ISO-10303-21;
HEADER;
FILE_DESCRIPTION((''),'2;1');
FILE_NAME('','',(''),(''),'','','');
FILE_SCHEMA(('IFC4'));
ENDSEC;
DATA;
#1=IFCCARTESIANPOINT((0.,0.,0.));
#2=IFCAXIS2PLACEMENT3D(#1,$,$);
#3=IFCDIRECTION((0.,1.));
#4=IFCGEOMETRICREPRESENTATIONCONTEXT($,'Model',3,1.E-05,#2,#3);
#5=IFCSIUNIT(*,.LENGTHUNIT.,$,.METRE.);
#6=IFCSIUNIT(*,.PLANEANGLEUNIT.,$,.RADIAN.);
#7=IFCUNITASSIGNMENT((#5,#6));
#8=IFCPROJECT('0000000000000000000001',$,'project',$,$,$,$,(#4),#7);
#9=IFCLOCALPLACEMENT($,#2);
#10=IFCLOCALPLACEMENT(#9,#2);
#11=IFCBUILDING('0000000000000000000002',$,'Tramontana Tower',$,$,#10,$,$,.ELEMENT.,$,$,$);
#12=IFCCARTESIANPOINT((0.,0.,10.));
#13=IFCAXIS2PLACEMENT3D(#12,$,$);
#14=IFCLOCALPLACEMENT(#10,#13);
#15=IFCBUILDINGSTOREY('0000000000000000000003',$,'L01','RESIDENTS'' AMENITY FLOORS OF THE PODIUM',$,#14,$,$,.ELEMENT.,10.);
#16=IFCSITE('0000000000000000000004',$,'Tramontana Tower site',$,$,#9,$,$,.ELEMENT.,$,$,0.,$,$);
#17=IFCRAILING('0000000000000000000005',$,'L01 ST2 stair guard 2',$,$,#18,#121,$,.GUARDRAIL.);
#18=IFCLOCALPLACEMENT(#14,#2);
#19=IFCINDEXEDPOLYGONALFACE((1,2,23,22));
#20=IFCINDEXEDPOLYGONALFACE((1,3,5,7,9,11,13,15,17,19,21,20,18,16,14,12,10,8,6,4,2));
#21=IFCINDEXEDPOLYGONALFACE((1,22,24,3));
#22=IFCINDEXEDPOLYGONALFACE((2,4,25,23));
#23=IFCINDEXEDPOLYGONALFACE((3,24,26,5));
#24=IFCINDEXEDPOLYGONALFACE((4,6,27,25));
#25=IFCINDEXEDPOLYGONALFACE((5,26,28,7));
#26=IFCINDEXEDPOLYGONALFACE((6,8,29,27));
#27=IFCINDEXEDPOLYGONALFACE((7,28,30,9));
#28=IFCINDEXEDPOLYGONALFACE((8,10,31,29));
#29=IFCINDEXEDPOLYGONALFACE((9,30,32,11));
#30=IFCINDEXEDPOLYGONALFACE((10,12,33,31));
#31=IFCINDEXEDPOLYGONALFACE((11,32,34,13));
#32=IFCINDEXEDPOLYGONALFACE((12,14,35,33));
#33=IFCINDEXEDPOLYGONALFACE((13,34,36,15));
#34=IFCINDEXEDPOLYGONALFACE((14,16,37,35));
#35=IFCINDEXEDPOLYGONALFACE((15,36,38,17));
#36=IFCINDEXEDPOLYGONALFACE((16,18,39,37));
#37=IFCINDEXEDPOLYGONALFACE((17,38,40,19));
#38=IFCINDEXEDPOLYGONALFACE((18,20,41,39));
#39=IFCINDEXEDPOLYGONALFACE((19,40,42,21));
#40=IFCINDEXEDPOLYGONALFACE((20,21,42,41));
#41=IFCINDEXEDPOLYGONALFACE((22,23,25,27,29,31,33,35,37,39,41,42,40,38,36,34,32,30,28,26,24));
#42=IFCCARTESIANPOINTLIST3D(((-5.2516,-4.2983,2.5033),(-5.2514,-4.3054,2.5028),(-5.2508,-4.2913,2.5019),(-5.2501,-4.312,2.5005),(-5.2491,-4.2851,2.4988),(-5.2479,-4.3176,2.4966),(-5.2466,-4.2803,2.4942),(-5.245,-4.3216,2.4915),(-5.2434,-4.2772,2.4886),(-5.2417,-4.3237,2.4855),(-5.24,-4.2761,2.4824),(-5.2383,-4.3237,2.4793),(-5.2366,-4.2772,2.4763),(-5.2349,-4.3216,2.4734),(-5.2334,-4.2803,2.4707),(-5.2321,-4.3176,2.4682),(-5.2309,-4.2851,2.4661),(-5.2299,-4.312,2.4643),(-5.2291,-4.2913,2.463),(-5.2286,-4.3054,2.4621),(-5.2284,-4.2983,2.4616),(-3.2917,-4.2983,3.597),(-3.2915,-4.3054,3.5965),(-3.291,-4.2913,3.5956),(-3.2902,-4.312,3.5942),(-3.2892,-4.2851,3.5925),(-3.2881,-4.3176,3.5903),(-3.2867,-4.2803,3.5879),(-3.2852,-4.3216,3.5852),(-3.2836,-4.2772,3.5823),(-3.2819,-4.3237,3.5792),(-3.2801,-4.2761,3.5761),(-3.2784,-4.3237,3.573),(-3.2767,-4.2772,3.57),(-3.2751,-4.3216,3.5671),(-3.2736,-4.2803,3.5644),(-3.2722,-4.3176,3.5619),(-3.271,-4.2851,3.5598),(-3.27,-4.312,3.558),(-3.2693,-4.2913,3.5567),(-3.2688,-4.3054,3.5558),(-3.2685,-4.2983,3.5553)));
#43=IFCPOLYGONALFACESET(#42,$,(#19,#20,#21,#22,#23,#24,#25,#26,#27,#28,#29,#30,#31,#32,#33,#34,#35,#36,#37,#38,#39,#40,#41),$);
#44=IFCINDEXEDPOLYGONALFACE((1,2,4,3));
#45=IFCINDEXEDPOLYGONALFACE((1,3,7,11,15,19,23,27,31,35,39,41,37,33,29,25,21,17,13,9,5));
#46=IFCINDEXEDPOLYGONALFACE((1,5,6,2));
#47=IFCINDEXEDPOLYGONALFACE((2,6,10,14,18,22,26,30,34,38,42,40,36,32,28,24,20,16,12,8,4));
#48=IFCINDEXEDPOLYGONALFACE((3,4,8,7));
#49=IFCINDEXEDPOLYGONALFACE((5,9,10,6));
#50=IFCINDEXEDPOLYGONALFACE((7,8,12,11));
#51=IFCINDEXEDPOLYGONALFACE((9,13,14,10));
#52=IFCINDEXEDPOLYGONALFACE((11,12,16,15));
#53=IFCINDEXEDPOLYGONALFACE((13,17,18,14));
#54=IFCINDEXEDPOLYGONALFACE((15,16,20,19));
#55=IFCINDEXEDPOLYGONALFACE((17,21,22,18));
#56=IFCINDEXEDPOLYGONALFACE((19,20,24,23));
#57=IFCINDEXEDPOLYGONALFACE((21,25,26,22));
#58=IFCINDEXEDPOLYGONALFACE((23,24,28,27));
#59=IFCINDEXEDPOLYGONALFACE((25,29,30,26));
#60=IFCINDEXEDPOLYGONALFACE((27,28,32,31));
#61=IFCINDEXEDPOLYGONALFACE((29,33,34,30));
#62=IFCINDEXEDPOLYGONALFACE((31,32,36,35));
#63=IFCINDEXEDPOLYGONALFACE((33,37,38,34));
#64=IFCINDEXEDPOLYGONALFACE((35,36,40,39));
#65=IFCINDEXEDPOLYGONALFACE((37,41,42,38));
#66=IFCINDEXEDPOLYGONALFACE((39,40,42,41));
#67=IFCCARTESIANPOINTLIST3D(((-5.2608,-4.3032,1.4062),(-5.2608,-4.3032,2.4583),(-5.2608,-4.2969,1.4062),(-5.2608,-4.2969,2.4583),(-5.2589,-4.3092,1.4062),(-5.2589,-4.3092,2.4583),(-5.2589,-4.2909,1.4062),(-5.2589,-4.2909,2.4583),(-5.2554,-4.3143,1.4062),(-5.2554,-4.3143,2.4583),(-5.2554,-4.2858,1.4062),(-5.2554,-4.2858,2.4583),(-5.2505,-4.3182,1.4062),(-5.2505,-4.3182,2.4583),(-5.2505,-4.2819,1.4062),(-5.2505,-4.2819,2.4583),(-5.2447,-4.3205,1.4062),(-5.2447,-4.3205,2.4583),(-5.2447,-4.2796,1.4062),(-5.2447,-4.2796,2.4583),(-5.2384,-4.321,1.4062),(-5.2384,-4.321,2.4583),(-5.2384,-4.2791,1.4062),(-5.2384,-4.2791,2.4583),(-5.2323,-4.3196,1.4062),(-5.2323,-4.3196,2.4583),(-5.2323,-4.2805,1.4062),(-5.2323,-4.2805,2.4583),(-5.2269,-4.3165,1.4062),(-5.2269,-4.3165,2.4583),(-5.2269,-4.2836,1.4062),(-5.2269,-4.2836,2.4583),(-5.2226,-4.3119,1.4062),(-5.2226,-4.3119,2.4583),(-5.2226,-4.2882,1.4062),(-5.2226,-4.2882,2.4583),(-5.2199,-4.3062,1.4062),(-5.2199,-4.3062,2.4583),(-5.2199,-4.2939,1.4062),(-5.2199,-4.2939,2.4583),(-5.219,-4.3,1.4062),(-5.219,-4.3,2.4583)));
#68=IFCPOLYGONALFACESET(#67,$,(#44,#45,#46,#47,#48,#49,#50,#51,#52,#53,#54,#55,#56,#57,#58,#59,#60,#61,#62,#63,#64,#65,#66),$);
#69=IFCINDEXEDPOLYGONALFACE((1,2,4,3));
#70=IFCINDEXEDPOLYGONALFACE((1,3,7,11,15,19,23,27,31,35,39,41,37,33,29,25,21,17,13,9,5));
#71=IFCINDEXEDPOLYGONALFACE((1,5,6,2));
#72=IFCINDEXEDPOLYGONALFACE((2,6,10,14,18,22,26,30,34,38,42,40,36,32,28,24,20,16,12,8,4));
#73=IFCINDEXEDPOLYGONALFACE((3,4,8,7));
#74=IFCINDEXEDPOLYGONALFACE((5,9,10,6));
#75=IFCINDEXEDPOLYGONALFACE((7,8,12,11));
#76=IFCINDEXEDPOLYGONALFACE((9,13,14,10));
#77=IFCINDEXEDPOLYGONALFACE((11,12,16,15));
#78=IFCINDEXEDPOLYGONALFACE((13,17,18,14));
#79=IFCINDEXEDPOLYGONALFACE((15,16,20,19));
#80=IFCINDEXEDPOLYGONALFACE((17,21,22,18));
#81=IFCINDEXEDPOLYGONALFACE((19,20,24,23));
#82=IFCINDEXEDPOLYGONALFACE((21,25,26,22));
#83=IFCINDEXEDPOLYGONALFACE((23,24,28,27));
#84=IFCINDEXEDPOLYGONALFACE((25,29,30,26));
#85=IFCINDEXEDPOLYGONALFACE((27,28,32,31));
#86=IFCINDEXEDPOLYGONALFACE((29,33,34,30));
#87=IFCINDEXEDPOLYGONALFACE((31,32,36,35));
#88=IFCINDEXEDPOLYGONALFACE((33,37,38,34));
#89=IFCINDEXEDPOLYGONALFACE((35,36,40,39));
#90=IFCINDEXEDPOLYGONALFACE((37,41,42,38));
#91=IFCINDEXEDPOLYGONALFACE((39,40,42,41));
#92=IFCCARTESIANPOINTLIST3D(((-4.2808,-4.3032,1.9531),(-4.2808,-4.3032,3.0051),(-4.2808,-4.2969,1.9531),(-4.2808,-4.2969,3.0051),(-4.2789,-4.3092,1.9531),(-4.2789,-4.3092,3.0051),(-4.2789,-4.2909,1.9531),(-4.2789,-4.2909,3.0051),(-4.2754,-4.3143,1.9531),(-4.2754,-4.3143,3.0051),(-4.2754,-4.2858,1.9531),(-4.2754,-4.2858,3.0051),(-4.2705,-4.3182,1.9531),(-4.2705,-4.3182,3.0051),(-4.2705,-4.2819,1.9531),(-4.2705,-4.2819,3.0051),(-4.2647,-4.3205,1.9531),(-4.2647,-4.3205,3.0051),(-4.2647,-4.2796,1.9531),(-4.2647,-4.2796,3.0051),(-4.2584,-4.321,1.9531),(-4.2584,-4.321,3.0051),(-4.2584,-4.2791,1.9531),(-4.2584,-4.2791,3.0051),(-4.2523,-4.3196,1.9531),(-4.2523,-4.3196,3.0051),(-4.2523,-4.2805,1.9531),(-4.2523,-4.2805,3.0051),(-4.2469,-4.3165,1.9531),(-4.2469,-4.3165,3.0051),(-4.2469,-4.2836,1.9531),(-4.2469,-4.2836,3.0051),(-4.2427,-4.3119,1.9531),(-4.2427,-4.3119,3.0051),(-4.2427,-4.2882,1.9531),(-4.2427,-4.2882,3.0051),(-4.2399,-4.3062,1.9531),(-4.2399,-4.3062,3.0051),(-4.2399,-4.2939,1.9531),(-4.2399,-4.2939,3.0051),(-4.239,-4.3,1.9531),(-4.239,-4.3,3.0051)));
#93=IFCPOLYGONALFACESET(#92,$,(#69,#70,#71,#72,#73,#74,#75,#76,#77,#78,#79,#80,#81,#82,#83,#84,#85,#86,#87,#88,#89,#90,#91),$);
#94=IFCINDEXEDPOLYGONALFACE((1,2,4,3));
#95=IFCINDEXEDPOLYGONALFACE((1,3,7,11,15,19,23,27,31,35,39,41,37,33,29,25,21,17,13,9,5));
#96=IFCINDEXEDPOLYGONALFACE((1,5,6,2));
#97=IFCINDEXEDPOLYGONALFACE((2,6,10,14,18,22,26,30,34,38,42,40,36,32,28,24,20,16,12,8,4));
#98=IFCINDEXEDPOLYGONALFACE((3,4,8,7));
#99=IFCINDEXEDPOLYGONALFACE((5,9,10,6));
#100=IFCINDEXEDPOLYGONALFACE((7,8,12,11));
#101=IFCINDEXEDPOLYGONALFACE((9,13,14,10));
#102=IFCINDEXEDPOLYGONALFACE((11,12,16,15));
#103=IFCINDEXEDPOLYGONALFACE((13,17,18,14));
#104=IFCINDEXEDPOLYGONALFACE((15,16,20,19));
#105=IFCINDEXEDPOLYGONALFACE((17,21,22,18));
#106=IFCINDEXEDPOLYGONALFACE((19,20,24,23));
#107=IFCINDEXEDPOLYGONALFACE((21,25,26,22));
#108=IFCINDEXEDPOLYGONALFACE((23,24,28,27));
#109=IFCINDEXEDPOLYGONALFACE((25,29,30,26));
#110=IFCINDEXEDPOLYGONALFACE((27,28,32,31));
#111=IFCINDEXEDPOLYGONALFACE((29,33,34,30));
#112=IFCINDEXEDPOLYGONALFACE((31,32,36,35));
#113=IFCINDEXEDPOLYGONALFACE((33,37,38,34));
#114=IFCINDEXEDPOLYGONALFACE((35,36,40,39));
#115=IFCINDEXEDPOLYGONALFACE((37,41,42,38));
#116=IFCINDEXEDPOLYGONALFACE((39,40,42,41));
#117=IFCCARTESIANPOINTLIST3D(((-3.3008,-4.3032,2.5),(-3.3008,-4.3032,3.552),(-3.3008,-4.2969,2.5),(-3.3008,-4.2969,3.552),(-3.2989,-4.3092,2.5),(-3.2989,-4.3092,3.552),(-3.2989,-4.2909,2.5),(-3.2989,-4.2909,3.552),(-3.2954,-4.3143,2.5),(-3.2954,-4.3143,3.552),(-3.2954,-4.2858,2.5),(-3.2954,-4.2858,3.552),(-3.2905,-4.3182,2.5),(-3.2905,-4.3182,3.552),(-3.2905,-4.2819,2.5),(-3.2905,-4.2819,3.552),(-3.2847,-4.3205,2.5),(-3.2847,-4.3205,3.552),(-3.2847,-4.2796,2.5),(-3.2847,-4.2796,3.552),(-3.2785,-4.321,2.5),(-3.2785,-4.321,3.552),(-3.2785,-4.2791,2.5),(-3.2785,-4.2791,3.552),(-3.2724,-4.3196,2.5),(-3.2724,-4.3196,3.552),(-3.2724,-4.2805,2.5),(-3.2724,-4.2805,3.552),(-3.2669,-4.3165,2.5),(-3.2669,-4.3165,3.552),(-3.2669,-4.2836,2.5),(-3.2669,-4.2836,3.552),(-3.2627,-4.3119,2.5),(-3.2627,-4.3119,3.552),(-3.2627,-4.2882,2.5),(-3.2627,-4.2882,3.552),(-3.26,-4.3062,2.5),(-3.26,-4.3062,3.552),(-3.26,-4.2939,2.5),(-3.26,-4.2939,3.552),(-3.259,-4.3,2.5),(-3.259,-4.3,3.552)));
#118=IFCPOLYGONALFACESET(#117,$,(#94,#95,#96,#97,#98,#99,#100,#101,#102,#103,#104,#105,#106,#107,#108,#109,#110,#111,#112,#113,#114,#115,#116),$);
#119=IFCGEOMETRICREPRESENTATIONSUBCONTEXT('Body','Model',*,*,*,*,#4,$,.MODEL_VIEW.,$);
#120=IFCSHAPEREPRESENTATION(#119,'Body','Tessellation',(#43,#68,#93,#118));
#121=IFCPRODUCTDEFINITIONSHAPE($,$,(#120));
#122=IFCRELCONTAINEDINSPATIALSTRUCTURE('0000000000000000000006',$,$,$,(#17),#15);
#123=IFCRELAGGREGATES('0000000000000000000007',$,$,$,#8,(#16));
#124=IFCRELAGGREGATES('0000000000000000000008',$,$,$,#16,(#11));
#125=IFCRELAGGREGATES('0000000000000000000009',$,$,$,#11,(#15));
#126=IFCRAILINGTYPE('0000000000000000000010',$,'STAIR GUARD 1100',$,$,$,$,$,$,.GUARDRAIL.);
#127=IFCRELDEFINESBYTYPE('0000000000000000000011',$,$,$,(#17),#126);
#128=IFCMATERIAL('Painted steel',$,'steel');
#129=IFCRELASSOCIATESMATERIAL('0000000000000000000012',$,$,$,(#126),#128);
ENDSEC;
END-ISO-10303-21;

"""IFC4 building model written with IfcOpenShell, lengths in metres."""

from ifc_helpers import new_model, si_unit, direction, frame, origin, origin_2d, place, context, subcontext, project, spatial, circle, extrude, material, type_object, element, save


model = new_model("IFC4")

# Units and contexts
model_context = context("Model", 3, precision=1e-05, world=origin(), true_north=direction((0.0, 1.0)))
body_context = subcontext(model_context, "Body", "Model", "MODEL_VIEW")
ifc_project = project(units=[si_unit("LENGTHUNIT", "METRE"), si_unit("PLANEANGLEUNIT", "RADIAN")], contexts=[model_context])

# Site, building, storey
site_placement = place(None, origin())
site = spatial("IfcSite", under=ifc_project, at=site_placement, Name="Tramontana Tower site", CompositionType="ELEMENT", RefElevation=0.0)
building_placement = place(site_placement, origin())
building = spatial("IfcBuilding", under=site, at=building_placement, Name="Tramontana Tower", CompositionType="ELEMENT")
storey_placement = place(building_placement, frame((0.0, 0.0, 10.0)))
storey = spatial("IfcBuildingStorey", under=building, at=storey_placement, Name="L01", Description="RESIDENTS' AMENITY FLOORS OF THE PODIUM", CompositionType="ELEMENT", Elevation=10.0)

# Railing
ifc_material_1 = material(Name="Painted steel", Category="steel")
railing_type_1 = type_object("IfcRailingType", Name="STAIR GUARD 1100", PredefinedType="GUARDRAIL", material=ifc_material_1)
railing_1_placement = place(storey_placement, frame((-5.24, -4.3, 1.4062)))
element("IfcRailing", 1, at=railing_1_placement, inside=storey, type_object=railing_type_1, Name="L01 ST2 stair guard 2", PredefinedType="GUARDRAIL", context=body_context, shape_type="SweptSolid", body=[
    extrude(circle(Radius=0.0239, at=origin_2d()), frame((0.0, 0.0, 1.0762), z_axis=(0.873232, 0.0, 0.487304), x_axis=(0.0, 1.0, 0.0)), (0.0, 0.0, 1.0), 2.2444),
    extrude(circle(Radius=0.021, at=origin_2d()), origin(), (0.0, 0.0, 1.0), 1.052),
    extrude(circle(Radius=0.021, at=origin_2d()), frame((0.98, 0.0, 0.5469)), (0.0, 0.0, 1.0), 1.052),
    extrude(circle(Radius=0.021, at=origin_2d()), frame((1.96, 0.0, 1.0938)), (0.0, 0.0, 1.0), 1.052),
])

save(model, "model.ifc")
